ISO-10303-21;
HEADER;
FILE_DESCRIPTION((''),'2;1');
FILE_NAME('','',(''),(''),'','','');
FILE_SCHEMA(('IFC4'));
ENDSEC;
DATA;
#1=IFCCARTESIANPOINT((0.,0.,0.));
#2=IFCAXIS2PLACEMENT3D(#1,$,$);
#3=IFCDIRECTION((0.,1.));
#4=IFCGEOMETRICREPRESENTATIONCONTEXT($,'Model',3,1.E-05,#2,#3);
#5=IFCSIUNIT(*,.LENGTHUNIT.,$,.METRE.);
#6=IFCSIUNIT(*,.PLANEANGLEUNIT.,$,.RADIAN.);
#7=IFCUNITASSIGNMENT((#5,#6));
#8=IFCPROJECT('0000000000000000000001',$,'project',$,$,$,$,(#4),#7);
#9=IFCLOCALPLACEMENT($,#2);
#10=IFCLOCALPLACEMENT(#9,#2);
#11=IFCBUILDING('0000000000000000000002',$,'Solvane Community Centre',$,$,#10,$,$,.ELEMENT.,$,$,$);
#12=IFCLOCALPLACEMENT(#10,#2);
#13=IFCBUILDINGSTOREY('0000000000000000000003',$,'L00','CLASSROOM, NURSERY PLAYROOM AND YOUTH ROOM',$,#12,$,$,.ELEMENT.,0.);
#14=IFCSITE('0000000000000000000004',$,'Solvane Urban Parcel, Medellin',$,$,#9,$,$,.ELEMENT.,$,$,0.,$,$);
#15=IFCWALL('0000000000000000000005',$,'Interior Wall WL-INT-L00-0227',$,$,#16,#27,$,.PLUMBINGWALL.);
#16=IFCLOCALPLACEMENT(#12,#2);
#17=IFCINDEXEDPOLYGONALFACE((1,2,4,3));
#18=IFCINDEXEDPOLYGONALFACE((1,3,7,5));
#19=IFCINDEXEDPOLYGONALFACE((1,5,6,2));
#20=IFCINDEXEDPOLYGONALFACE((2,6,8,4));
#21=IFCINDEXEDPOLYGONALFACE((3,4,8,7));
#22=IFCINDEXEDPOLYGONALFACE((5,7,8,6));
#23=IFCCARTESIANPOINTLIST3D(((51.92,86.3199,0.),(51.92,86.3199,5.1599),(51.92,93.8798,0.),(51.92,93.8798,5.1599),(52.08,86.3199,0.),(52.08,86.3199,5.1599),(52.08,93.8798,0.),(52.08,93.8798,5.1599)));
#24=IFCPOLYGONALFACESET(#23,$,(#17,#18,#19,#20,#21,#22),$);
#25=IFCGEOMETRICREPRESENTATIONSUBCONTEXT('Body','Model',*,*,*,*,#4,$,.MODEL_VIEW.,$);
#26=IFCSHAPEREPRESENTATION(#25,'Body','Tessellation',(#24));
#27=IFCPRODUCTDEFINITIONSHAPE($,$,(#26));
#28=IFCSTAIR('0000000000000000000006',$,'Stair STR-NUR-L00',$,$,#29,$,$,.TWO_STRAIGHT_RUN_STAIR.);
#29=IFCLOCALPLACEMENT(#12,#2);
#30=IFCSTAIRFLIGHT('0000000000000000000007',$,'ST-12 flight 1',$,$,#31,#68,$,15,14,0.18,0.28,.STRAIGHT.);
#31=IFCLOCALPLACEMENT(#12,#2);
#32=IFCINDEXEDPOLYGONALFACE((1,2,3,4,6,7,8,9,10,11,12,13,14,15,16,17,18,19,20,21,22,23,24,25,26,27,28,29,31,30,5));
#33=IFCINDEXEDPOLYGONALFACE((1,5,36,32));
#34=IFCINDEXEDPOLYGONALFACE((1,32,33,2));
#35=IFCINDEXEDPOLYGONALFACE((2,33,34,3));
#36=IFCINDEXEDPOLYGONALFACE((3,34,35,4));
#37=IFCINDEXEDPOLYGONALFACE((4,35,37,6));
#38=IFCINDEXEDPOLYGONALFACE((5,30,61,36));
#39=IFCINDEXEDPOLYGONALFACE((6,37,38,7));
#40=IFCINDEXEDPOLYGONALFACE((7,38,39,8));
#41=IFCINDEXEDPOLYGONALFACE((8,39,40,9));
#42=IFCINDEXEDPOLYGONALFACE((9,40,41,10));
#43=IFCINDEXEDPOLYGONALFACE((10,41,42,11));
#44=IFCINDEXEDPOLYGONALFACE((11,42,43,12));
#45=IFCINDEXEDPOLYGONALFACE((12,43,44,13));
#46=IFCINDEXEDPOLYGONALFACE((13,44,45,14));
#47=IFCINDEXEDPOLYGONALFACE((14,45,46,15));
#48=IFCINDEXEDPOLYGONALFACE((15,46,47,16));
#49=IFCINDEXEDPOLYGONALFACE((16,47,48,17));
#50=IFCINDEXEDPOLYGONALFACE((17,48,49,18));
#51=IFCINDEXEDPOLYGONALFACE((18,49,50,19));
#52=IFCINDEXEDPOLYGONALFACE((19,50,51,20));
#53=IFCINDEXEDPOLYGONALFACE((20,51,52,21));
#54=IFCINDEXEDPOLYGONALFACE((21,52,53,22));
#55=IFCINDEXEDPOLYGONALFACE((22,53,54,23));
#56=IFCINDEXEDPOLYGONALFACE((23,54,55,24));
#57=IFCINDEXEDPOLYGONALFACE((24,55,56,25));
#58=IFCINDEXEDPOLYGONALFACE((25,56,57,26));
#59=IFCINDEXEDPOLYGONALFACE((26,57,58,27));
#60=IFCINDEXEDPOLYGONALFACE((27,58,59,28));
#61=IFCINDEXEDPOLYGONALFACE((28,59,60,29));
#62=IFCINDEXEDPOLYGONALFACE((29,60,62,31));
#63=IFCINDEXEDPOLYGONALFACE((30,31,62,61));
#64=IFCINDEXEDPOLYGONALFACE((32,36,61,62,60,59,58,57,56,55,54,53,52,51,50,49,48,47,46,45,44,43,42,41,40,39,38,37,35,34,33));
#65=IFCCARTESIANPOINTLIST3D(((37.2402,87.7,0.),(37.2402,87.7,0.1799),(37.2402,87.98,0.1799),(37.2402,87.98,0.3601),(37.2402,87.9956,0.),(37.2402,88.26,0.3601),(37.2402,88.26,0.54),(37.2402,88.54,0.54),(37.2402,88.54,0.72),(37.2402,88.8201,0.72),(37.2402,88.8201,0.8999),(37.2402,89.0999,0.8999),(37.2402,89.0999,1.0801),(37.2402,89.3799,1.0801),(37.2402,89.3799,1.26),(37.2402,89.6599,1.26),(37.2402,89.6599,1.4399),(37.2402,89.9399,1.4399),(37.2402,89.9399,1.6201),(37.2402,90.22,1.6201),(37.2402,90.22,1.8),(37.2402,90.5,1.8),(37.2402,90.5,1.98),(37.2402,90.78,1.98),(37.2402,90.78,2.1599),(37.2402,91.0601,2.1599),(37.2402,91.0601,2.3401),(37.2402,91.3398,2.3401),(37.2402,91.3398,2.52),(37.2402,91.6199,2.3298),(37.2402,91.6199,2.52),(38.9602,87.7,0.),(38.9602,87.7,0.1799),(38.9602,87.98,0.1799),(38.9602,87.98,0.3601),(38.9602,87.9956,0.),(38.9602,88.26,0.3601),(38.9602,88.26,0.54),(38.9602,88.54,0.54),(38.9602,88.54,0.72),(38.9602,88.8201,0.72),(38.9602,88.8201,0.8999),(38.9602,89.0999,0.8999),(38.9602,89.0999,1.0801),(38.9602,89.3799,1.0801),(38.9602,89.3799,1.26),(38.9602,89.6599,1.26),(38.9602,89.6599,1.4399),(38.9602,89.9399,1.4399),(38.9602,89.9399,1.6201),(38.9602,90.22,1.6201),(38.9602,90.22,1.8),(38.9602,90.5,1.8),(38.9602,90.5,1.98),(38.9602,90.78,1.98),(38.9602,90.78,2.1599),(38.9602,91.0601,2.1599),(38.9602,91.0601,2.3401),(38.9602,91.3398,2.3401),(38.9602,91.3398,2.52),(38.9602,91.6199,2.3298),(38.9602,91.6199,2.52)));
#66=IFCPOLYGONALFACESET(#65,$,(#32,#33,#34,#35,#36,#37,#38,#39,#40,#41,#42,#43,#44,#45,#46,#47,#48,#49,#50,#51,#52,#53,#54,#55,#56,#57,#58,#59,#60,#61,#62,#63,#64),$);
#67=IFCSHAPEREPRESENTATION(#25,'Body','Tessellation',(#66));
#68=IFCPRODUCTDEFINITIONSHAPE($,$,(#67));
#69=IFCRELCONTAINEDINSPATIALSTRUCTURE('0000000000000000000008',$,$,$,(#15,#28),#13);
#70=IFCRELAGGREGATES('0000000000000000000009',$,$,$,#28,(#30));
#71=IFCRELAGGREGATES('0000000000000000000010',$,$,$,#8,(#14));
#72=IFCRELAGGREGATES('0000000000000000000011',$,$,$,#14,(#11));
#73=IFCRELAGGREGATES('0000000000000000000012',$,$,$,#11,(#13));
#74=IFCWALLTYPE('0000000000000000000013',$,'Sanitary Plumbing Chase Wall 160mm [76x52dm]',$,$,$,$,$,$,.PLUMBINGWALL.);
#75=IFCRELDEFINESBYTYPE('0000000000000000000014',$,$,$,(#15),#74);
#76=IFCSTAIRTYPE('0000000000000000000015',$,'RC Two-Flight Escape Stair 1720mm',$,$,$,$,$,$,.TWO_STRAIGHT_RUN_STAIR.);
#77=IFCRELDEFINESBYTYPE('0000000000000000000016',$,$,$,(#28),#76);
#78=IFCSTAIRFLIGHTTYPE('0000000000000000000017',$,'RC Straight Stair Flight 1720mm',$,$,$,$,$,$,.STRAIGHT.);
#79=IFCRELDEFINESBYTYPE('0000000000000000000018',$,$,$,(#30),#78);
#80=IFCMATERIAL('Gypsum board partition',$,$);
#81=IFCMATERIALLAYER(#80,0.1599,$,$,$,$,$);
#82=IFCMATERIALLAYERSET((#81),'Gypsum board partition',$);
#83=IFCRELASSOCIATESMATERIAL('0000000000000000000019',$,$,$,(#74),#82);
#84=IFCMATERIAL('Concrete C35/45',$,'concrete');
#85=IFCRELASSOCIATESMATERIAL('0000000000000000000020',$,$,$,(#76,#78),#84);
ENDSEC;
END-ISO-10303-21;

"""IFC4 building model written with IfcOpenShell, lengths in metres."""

from ifc_helpers import new_model, si_unit, direction, frame, frame_2d, origin, place, context, subcontext, project, spatial, polyline, rectangle, outline, extrude, material, layer, layer_set, type_object, element, aggregate, save


model = new_model("IFC4")

# Units and contexts
model_context = context("Model", 3, precision=1e-05, world=origin(), true_north=direction((0.0, 1.0)))
body_context = subcontext(model_context, "Body", "Model", "MODEL_VIEW")
ifc_project = project(units=[si_unit("LENGTHUNIT", "METRE"), si_unit("PLANEANGLEUNIT", "RADIAN")], contexts=[model_context])

# Site, building, storey
site_placement = place(None, origin())
site = spatial("IfcSite", under=ifc_project, at=site_placement, Name="Solvane Urban Parcel, Medellin", CompositionType="ELEMENT", RefElevation=0.0)
building_placement = place(site_placement, origin())
building = spatial("IfcBuilding", under=site, at=building_placement, Name="Solvane Community Centre", CompositionType="ELEMENT")
storey_placement = place(building_placement, origin())
storey = spatial("IfcBuildingStorey", under=building, at=storey_placement, Name="L00", Description="CLASSROOM, NURSERY PLAYROOM AND YOUTH ROOM", CompositionType="ELEMENT", Elevation=0.0)

# Shared definitions
ifc_material_1 = material(Name="Concrete C35/45", Category="concrete")

# Wall
ifc_material_2 = material(Name="Gypsum board partition")
ifc_layer_1 = layer(ifc_material_2, 0.1599)
ifc_layer_set_1 = layer_set([ifc_layer_1], Name="Gypsum board partition")
wall_type_1 = type_object("IfcWallType", Name="Sanitary Plumbing Chase Wall 160mm [76x52dm]", PredefinedType="PLUMBINGWALL", material=ifc_layer_set_1)
wall_1_placement = place(storey_placement, frame((52.0, 86.3201, 0.0), z_axis=(0.0, 0.0, 1.0), x_axis=(0.0, 1.0, 0.0)))
element("IfcWall", 1, at=wall_1_placement, inside=storey, type_object=wall_type_1, Name="Interior Wall WL-INT-L00-0227", PredefinedType="PLUMBINGWALL", context=body_context, shape_type="SweptSolid", body=[
    extrude(rectangle(XDim=7.5598, YDim=0.1599, at=frame_2d((3.7798, 0.0))), origin(), (0.0, 0.0, 1.0), 5.1599),
])

# Stair, stair flight
stair_type = type_object("IfcStairType", Name="RC Two-Flight Escape Stair 1720mm", PredefinedType="TWO_STRAIGHT_RUN_STAIR", material=ifc_material_1)
stair_placement = place(storey_placement, origin())
stair = element("IfcStair", 2, at=stair_placement, inside=storey, type_object=stair_type, Name="Stair STR-NUR-L00", PredefinedType="TWO_STRAIGHT_RUN_STAIR")
stair_flight_type = type_object("IfcStairFlightType", Name="RC Straight Stair Flight 1720mm", PredefinedType="STRAIGHT", material=ifc_material_1)
stair_flight_placement = place(storey_placement, frame((38.1001, 87.7, 0.0), z_axis=(0.0, 0.0, 1.0), x_axis=(0.0, 1.0, 0.0)))
stair_flight = element("IfcStairFlight", 3, at=stair_flight_placement, type_object=stair_flight_type, Name="ST-12 flight 1", NumberOfRisers=15, NumberOfTreads=14, PredefinedType="STRAIGHT", RiserHeight=0.18, TreadLength=0.28, context=body_context, shape_type="SweptSolid", body=[
    extrude(outline(polyline([(0.0, 0.0), (0.0, 0.1799), (0.28, 0.1799), (0.28, 0.3601), (0.5601, 0.3601), (0.5601, 0.54), (0.8401, 0.54), (0.8401, 0.72), (1.1201, 0.72), (1.1201, 0.8999), (1.3999, 0.8999), (1.3999, 1.0801), (1.6799, 1.0801), (1.6799, 1.26), (1.96, 1.26), (1.96, 1.4399), (2.24, 1.4399), (2.24, 1.6201), (2.52, 1.6201), (2.52, 1.8), (2.8, 1.8), (2.8, 1.98), (3.0801, 1.98), (3.0801, 2.1599), (3.3601, 2.1599), (3.3601, 2.3401), (3.6399, 2.3401), (3.6399, 2.52), (3.9199, 2.52), (3.9199, 2.7), (3.9199, 2.3298), (0.2957, 0.0), (0.0, 0.0)])), frame((0.0, 0.8599, 0.0), z_axis=(0.0, -1.0, 0.0), x_axis=(1.0, 0.0, 0.0)), (0.0, 0.0, 1.0), 1.72),
])
aggregate(stair, [stair_flight])

save(model, "model.ifc")
